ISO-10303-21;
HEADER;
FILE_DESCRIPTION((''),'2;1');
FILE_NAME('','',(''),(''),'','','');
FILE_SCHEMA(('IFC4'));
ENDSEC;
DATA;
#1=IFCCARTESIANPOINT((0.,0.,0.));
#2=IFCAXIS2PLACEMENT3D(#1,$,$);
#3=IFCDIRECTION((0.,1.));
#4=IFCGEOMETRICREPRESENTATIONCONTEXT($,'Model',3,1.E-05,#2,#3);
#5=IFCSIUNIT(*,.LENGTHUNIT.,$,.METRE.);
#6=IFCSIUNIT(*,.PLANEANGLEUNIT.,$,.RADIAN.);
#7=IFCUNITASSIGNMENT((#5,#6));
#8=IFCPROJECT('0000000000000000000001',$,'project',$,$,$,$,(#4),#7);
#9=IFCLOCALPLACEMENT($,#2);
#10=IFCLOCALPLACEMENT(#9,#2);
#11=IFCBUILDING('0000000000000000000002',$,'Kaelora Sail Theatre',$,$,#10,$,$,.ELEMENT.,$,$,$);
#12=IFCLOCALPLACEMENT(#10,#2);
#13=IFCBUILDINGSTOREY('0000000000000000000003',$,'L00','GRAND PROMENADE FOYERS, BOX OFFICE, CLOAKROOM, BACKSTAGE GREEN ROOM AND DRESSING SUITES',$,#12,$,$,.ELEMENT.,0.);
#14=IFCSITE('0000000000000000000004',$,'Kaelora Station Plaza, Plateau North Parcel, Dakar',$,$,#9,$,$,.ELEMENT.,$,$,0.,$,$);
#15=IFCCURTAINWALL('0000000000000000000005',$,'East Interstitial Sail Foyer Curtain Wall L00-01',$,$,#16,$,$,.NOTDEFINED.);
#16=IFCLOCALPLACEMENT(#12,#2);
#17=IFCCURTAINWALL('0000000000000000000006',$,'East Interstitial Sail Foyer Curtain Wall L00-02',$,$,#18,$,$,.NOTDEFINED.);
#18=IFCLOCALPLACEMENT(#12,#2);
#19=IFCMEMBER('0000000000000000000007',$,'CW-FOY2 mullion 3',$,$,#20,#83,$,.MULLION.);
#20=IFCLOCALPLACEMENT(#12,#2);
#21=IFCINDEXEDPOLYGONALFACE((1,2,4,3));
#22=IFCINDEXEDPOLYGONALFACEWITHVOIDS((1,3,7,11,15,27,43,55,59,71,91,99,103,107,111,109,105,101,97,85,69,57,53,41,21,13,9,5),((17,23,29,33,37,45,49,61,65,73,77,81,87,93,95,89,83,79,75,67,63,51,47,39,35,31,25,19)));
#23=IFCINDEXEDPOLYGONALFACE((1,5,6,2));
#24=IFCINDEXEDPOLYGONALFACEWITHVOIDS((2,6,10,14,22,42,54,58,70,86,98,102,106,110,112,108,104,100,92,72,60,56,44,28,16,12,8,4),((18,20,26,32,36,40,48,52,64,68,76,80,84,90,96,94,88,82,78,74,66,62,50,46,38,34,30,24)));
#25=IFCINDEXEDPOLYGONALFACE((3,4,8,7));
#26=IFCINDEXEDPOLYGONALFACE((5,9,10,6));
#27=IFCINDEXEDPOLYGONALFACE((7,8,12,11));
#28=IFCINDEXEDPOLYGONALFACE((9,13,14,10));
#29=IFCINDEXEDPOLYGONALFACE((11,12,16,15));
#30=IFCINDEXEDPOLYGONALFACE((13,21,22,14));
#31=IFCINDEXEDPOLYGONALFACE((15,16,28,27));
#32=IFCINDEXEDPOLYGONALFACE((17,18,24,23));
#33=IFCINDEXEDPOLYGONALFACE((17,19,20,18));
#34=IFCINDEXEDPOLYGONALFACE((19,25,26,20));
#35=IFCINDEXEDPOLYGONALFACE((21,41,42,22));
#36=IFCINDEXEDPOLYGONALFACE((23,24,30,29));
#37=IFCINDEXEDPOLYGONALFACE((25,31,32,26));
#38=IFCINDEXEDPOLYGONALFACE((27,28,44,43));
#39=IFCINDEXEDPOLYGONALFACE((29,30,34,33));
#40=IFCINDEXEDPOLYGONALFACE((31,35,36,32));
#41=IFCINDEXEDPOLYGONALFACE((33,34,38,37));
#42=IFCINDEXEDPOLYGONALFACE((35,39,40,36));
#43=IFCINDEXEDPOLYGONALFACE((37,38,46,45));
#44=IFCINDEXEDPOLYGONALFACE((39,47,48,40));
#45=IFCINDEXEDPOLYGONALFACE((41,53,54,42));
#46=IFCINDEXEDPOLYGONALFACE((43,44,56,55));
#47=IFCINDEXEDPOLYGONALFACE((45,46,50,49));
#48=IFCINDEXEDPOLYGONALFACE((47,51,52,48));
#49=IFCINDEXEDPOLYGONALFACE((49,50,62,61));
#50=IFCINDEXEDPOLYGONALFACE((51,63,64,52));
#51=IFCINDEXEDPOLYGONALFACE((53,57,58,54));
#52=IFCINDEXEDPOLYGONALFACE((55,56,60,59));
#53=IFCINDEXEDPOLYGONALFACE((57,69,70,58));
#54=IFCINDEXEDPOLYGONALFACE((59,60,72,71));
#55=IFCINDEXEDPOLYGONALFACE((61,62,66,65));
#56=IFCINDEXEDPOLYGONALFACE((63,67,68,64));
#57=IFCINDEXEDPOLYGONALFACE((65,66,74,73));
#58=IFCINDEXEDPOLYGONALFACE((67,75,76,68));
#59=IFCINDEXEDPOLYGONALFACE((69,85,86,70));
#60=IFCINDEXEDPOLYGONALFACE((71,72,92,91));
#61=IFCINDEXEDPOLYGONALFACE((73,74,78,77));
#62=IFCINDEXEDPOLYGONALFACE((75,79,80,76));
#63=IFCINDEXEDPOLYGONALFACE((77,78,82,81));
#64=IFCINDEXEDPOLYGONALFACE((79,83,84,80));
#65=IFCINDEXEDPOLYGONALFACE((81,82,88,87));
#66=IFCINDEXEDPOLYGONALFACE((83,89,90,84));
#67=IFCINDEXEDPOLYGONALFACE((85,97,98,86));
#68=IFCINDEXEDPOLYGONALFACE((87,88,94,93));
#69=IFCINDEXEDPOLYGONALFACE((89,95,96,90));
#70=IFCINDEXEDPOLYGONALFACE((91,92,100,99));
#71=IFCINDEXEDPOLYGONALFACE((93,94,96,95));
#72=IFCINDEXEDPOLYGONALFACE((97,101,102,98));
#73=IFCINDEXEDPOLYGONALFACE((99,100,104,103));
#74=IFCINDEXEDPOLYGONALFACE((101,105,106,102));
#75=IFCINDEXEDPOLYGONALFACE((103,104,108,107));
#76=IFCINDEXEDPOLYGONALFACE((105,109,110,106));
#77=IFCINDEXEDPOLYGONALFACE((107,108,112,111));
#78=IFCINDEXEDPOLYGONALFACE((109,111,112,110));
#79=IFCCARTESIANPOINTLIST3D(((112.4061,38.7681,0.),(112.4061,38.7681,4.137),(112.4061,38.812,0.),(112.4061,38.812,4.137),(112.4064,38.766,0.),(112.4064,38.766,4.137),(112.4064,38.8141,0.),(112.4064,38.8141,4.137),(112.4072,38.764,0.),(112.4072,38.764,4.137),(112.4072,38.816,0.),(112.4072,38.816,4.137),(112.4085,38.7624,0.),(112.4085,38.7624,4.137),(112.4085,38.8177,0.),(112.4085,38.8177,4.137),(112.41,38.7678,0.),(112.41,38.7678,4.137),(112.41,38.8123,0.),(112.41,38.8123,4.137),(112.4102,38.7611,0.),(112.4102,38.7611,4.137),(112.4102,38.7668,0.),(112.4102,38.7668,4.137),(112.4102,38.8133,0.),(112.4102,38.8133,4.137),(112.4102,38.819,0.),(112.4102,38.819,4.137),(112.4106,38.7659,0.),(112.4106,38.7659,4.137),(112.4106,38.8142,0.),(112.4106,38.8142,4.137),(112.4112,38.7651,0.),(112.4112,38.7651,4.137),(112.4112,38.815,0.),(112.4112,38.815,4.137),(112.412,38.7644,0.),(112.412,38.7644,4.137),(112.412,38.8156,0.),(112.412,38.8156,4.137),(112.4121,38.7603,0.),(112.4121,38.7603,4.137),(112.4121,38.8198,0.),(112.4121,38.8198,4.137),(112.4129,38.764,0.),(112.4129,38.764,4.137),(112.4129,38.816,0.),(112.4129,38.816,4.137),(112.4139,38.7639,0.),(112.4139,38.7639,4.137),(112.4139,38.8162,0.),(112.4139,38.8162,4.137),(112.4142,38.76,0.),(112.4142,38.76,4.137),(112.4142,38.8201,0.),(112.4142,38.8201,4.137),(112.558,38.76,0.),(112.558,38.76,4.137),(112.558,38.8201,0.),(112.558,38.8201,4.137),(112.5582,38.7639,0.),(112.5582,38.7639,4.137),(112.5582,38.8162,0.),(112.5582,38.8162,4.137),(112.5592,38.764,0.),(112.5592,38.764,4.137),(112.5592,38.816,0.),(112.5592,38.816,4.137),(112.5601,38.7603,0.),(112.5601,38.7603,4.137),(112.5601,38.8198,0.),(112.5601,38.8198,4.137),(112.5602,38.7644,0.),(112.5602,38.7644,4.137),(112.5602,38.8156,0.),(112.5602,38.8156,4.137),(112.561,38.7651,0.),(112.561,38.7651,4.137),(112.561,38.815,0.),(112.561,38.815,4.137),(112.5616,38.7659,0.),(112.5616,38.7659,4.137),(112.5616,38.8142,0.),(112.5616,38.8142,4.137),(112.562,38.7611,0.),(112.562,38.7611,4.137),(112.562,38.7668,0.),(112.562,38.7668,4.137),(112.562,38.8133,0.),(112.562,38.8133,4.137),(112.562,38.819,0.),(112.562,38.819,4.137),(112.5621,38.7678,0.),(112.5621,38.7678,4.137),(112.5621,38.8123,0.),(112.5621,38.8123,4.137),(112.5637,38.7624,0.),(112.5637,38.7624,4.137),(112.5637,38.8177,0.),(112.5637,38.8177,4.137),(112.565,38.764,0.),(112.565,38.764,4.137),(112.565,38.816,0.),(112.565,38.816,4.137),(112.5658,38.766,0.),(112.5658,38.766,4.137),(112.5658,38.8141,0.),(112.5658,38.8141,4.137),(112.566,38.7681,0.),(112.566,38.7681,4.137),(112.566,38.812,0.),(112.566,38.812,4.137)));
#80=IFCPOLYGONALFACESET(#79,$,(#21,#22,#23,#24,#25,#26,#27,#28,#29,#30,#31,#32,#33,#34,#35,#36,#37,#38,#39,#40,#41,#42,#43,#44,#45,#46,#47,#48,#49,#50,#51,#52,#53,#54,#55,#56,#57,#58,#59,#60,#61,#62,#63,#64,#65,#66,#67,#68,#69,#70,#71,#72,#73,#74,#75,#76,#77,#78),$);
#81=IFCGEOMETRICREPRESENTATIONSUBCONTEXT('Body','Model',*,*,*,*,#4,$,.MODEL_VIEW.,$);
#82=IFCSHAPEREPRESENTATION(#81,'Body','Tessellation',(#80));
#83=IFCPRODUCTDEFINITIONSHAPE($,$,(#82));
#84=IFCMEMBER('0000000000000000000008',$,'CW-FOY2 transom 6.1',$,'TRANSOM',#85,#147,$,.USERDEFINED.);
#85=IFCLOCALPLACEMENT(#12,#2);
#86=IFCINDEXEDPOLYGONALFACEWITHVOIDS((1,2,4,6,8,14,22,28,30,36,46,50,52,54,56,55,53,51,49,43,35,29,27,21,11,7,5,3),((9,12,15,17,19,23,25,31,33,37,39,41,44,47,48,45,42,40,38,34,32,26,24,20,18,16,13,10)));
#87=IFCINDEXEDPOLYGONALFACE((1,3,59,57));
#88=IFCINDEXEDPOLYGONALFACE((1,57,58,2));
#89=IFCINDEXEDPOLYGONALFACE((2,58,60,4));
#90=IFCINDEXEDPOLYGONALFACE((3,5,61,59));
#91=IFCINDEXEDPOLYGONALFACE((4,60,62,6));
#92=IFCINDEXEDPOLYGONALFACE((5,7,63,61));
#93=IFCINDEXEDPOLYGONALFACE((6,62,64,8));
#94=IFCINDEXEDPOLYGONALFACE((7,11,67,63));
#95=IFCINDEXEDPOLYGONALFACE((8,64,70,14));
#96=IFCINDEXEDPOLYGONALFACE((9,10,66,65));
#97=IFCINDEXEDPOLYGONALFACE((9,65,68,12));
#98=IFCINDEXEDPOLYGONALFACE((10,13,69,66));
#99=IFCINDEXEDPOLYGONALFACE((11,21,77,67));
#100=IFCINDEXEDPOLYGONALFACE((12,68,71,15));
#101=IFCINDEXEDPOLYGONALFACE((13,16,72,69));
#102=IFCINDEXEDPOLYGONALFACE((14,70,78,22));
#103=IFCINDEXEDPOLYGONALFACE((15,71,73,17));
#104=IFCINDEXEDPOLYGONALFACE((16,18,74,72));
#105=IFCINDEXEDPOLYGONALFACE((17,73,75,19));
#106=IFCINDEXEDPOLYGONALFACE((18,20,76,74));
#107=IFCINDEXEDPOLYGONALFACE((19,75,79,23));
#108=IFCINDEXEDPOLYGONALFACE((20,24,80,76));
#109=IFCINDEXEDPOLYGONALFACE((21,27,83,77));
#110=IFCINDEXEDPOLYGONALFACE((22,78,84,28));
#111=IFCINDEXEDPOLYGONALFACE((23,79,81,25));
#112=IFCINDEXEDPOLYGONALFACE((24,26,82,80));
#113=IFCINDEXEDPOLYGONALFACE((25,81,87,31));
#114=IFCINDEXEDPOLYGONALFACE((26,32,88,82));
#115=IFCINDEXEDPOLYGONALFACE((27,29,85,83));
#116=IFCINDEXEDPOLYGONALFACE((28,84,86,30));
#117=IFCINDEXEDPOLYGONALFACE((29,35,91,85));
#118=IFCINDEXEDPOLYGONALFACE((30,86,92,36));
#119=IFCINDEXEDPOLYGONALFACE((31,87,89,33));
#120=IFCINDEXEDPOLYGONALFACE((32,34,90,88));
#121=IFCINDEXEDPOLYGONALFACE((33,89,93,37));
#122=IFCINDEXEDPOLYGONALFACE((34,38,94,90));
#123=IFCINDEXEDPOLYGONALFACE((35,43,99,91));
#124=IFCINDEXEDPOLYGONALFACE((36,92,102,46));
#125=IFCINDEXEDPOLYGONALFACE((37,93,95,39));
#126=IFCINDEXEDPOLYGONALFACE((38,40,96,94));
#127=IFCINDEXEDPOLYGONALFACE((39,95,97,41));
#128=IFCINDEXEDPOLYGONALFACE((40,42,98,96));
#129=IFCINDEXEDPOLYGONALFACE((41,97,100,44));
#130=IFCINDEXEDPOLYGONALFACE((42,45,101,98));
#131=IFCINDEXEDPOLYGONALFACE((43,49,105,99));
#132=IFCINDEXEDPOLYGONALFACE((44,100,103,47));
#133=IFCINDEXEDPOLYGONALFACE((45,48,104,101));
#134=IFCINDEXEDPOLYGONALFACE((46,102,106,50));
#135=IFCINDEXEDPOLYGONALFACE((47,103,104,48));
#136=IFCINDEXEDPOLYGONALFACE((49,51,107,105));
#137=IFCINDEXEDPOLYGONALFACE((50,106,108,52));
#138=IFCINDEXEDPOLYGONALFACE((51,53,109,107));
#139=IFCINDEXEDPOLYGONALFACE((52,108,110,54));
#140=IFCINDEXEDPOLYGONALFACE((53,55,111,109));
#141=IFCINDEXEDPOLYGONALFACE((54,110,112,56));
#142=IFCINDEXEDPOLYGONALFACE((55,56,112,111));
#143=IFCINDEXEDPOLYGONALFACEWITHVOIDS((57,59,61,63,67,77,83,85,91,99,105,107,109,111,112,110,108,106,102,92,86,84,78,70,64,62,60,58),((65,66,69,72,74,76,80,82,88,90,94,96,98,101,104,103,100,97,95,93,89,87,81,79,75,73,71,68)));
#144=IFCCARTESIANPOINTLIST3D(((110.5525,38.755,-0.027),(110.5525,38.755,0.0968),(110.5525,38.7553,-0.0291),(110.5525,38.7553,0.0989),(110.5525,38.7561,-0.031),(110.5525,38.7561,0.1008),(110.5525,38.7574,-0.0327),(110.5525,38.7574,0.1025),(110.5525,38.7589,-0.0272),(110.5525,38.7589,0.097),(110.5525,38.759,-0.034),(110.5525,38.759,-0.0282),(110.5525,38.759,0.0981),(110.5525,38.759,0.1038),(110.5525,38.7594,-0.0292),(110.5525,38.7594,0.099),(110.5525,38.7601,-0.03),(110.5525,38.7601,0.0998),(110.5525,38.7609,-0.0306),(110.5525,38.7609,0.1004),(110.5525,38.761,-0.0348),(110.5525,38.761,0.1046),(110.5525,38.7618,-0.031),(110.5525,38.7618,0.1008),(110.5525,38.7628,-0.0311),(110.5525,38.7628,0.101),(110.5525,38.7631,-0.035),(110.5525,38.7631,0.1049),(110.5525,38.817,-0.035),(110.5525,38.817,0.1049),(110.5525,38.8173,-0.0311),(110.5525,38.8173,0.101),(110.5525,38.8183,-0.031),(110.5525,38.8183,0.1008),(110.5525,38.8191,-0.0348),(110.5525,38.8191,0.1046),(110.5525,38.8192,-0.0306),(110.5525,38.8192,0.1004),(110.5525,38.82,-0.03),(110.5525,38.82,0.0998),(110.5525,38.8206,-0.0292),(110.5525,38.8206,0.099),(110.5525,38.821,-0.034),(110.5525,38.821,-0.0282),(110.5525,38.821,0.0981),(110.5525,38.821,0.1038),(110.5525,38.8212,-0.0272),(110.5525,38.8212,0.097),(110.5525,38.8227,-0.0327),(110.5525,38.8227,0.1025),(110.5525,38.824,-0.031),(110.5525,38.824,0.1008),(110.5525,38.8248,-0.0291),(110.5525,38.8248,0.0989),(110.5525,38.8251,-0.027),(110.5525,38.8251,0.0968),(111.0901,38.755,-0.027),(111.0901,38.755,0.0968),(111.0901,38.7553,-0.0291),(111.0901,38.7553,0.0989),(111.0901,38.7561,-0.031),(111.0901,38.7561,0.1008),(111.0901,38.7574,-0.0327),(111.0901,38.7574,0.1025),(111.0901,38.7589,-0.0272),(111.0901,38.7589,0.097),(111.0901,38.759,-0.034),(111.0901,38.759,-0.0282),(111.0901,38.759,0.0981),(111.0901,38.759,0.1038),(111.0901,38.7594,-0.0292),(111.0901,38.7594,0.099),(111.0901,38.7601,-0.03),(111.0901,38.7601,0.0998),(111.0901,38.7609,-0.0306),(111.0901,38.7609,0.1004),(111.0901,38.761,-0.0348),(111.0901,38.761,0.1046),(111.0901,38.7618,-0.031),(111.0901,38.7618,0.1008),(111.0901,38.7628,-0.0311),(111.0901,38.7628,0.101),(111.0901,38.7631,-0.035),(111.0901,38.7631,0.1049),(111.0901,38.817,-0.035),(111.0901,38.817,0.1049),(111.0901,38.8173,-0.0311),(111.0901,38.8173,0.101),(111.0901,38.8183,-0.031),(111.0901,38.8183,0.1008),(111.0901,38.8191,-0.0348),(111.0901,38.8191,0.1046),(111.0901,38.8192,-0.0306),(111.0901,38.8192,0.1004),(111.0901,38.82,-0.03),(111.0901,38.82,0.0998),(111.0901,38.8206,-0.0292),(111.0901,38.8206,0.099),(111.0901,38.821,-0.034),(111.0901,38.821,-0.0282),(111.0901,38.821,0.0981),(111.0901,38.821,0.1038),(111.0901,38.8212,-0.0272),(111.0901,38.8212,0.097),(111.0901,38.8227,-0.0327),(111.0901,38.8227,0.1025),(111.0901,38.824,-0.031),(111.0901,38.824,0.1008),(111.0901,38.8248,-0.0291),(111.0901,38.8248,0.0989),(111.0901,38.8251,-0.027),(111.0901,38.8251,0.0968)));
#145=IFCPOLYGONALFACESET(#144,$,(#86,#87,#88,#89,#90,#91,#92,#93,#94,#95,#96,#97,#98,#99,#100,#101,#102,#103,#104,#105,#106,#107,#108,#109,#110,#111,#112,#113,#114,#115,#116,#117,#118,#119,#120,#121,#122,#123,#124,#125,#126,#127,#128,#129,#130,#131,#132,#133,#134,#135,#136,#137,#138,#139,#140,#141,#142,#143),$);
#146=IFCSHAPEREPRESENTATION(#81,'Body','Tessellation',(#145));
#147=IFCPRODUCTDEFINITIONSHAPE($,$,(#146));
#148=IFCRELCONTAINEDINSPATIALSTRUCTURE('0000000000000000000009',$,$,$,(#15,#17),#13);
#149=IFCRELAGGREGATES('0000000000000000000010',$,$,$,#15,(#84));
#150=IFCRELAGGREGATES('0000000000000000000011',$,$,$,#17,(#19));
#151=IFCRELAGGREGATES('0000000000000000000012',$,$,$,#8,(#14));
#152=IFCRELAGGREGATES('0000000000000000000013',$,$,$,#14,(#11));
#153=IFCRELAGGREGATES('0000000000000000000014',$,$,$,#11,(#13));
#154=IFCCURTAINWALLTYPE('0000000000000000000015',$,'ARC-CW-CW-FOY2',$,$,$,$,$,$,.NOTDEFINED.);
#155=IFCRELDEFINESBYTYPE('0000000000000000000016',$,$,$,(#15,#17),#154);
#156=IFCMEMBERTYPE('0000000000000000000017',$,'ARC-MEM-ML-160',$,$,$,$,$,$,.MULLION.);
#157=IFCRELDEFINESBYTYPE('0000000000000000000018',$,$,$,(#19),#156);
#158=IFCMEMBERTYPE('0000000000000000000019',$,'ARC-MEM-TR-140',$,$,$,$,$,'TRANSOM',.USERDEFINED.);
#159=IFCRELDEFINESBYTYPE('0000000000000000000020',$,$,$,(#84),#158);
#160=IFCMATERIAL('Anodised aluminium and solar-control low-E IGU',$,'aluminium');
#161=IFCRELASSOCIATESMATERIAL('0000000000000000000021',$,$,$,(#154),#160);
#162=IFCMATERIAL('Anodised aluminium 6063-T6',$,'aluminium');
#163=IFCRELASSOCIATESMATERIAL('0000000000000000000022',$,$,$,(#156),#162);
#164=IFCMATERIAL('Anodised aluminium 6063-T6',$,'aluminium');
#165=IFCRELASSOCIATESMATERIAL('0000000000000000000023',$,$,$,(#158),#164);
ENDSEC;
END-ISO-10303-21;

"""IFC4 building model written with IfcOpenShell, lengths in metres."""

from ifc_helpers import new_model, si_unit, direction, frame, origin, origin_2d, place, context, subcontext, project, spatial, hollow_rectangle, extrude, material, material_profile, profile_set, type_object, element, aggregate, save


model = new_model("IFC4")

# Units and contexts
model_context = context("Model", 3, precision=1e-05, world=origin(), true_north=direction((0.0, 1.0)))
body_context = subcontext(model_context, "Body", "Model", "MODEL_VIEW")
ifc_project = project(units=[si_unit("LENGTHUNIT", "METRE"), si_unit("PLANEANGLEUNIT", "RADIAN")], contexts=[model_context])

# Site, building, storey
site_placement = place(None, origin())
site = spatial("IfcSite", under=ifc_project, at=site_placement, Name="Kaelora Station Plaza, Plateau North Parcel, Dakar", CompositionType="ELEMENT", RefElevation=0.0)
building_placement = place(site_placement, origin())
building = spatial("IfcBuilding", under=site, at=building_placement, Name="Kaelora Sail Theatre", CompositionType="ELEMENT")
storey_placement = place(building_placement, origin())
storey = spatial("IfcBuildingStorey", under=building, at=storey_placement, Name="L00", Description="GRAND PROMENADE FOYERS, BOX OFFICE, CLOAKROOM, BACKSTAGE GREEN ROOM AND DRESSING SUITES", CompositionType="ELEMENT", Elevation=0.0)

# Curtain walls, member
ifc_material_1 = material(Name="Anodised aluminium and solar-control low-E IGU", Category="aluminium")
curtain_wall_type = type_object("IfcCurtainWallType", Name="ARC-CW-CW-FOY2", PredefinedType="NOTDEFINED", material=ifc_material_1)
curtain_wall_1_placement = place(storey_placement, origin())
curtain_wall_1 = element("IfcCurtainWall", 1, at=curtain_wall_1_placement, inside=storey, type_object=curtain_wall_type, Name="East Interstitial Sail Foyer Curtain Wall L00-01", PredefinedType="NOTDEFINED")
ifc_material_2 = material(Name="Anodised aluminium 6063-T6", Category="aluminium")
ifc_material_profile_1 = material_profile(ifc_material_2, hollow_rectangle(XDim=0.0601, YDim=0.1599, WallThickness=0.0039, InnerFilletRadius=0.0039, OuterFilletRadius=0.0081, at=origin_2d()), Name="ALU-MULL 60x160x4")
ifc_profile_set_1 = profile_set([ifc_material_profile_1], Name="Anodised aluminium 6063-T6")
member_type_1 = type_object("IfcMemberType", Name="ARC-MEM-ML-160", PredefinedType="MULLION", material=ifc_profile_set_1)
curtain_wall_2_placement = place(storey_placement, origin())
curtain_wall_2 = element("IfcCurtainWall", 2, at=curtain_wall_2_placement, inside=storey, type_object=curtain_wall_type, Name="East Interstitial Sail Foyer Curtain Wall L00-02", PredefinedType="NOTDEFINED")
member_1_placement = place(storey_placement, frame((112.4861, 38.79, 0.0), z_axis=(0.0, 0.0, 1.0), x_axis=(0.0, 1.0, 0.0)))
member_1 = element("IfcMember", 3, at=member_1_placement, type_object=member_type_1, Name="CW-FOY2 mullion 3", PredefinedType="MULLION", context=body_context, shape_type="SweptSolid", body=[
    extrude(hollow_rectangle(XDim=0.0601, YDim=0.1599, WallThickness=0.0039, InnerFilletRadius=0.0039, OuterFilletRadius=0.0081, at=origin_2d()), origin(), (0.0, 0.0, 1.0), 4.137),
])

# Member
ifc_material_3 = material(Name="Anodised aluminium 6063-T6", Category="aluminium")
ifc_material_profile_2 = material_profile(ifc_material_3, hollow_rectangle(XDim=0.0701, YDim=0.1399, WallThickness=0.0039, InnerFilletRadius=0.0039, OuterFilletRadius=0.0081, at=origin_2d()), Name="ALU-TRAN 70x140x4")
ifc_profile_set_2 = profile_set([ifc_material_profile_2], Name="Anodised aluminium 6063-T6")
member_type_2 = type_object("IfcMemberType", Name="ARC-MEM-TR-140", ElementType="TRANSOM", PredefinedType="USERDEFINED", material=ifc_profile_set_2)
member_2_placement = place(storey_placement, frame((110.5525, 38.79, 0.0349), z_axis=(1.0, 0.0, 0.0), x_axis=(0.0, 1.0, 0.0)))
member_2 = element("IfcMember", 4, at=member_2_placement, type_object=member_type_2, Name="CW-FOY2 transom 6.1", ObjectType="TRANSOM", PredefinedType="USERDEFINED", context=body_context, shape_type="SweptSolid", body=[
    extrude(hollow_rectangle(XDim=0.0701, YDim=0.1399, WallThickness=0.0039, InnerFilletRadius=0.0039, OuterFilletRadius=0.0081, at=origin_2d()), origin(), (0.0, 0.0, 1.0), 0.5376),
])

aggregate(curtain_wall_1, [member_2])
aggregate(curtain_wall_2, [member_1])

save(model, "model.ifc")
